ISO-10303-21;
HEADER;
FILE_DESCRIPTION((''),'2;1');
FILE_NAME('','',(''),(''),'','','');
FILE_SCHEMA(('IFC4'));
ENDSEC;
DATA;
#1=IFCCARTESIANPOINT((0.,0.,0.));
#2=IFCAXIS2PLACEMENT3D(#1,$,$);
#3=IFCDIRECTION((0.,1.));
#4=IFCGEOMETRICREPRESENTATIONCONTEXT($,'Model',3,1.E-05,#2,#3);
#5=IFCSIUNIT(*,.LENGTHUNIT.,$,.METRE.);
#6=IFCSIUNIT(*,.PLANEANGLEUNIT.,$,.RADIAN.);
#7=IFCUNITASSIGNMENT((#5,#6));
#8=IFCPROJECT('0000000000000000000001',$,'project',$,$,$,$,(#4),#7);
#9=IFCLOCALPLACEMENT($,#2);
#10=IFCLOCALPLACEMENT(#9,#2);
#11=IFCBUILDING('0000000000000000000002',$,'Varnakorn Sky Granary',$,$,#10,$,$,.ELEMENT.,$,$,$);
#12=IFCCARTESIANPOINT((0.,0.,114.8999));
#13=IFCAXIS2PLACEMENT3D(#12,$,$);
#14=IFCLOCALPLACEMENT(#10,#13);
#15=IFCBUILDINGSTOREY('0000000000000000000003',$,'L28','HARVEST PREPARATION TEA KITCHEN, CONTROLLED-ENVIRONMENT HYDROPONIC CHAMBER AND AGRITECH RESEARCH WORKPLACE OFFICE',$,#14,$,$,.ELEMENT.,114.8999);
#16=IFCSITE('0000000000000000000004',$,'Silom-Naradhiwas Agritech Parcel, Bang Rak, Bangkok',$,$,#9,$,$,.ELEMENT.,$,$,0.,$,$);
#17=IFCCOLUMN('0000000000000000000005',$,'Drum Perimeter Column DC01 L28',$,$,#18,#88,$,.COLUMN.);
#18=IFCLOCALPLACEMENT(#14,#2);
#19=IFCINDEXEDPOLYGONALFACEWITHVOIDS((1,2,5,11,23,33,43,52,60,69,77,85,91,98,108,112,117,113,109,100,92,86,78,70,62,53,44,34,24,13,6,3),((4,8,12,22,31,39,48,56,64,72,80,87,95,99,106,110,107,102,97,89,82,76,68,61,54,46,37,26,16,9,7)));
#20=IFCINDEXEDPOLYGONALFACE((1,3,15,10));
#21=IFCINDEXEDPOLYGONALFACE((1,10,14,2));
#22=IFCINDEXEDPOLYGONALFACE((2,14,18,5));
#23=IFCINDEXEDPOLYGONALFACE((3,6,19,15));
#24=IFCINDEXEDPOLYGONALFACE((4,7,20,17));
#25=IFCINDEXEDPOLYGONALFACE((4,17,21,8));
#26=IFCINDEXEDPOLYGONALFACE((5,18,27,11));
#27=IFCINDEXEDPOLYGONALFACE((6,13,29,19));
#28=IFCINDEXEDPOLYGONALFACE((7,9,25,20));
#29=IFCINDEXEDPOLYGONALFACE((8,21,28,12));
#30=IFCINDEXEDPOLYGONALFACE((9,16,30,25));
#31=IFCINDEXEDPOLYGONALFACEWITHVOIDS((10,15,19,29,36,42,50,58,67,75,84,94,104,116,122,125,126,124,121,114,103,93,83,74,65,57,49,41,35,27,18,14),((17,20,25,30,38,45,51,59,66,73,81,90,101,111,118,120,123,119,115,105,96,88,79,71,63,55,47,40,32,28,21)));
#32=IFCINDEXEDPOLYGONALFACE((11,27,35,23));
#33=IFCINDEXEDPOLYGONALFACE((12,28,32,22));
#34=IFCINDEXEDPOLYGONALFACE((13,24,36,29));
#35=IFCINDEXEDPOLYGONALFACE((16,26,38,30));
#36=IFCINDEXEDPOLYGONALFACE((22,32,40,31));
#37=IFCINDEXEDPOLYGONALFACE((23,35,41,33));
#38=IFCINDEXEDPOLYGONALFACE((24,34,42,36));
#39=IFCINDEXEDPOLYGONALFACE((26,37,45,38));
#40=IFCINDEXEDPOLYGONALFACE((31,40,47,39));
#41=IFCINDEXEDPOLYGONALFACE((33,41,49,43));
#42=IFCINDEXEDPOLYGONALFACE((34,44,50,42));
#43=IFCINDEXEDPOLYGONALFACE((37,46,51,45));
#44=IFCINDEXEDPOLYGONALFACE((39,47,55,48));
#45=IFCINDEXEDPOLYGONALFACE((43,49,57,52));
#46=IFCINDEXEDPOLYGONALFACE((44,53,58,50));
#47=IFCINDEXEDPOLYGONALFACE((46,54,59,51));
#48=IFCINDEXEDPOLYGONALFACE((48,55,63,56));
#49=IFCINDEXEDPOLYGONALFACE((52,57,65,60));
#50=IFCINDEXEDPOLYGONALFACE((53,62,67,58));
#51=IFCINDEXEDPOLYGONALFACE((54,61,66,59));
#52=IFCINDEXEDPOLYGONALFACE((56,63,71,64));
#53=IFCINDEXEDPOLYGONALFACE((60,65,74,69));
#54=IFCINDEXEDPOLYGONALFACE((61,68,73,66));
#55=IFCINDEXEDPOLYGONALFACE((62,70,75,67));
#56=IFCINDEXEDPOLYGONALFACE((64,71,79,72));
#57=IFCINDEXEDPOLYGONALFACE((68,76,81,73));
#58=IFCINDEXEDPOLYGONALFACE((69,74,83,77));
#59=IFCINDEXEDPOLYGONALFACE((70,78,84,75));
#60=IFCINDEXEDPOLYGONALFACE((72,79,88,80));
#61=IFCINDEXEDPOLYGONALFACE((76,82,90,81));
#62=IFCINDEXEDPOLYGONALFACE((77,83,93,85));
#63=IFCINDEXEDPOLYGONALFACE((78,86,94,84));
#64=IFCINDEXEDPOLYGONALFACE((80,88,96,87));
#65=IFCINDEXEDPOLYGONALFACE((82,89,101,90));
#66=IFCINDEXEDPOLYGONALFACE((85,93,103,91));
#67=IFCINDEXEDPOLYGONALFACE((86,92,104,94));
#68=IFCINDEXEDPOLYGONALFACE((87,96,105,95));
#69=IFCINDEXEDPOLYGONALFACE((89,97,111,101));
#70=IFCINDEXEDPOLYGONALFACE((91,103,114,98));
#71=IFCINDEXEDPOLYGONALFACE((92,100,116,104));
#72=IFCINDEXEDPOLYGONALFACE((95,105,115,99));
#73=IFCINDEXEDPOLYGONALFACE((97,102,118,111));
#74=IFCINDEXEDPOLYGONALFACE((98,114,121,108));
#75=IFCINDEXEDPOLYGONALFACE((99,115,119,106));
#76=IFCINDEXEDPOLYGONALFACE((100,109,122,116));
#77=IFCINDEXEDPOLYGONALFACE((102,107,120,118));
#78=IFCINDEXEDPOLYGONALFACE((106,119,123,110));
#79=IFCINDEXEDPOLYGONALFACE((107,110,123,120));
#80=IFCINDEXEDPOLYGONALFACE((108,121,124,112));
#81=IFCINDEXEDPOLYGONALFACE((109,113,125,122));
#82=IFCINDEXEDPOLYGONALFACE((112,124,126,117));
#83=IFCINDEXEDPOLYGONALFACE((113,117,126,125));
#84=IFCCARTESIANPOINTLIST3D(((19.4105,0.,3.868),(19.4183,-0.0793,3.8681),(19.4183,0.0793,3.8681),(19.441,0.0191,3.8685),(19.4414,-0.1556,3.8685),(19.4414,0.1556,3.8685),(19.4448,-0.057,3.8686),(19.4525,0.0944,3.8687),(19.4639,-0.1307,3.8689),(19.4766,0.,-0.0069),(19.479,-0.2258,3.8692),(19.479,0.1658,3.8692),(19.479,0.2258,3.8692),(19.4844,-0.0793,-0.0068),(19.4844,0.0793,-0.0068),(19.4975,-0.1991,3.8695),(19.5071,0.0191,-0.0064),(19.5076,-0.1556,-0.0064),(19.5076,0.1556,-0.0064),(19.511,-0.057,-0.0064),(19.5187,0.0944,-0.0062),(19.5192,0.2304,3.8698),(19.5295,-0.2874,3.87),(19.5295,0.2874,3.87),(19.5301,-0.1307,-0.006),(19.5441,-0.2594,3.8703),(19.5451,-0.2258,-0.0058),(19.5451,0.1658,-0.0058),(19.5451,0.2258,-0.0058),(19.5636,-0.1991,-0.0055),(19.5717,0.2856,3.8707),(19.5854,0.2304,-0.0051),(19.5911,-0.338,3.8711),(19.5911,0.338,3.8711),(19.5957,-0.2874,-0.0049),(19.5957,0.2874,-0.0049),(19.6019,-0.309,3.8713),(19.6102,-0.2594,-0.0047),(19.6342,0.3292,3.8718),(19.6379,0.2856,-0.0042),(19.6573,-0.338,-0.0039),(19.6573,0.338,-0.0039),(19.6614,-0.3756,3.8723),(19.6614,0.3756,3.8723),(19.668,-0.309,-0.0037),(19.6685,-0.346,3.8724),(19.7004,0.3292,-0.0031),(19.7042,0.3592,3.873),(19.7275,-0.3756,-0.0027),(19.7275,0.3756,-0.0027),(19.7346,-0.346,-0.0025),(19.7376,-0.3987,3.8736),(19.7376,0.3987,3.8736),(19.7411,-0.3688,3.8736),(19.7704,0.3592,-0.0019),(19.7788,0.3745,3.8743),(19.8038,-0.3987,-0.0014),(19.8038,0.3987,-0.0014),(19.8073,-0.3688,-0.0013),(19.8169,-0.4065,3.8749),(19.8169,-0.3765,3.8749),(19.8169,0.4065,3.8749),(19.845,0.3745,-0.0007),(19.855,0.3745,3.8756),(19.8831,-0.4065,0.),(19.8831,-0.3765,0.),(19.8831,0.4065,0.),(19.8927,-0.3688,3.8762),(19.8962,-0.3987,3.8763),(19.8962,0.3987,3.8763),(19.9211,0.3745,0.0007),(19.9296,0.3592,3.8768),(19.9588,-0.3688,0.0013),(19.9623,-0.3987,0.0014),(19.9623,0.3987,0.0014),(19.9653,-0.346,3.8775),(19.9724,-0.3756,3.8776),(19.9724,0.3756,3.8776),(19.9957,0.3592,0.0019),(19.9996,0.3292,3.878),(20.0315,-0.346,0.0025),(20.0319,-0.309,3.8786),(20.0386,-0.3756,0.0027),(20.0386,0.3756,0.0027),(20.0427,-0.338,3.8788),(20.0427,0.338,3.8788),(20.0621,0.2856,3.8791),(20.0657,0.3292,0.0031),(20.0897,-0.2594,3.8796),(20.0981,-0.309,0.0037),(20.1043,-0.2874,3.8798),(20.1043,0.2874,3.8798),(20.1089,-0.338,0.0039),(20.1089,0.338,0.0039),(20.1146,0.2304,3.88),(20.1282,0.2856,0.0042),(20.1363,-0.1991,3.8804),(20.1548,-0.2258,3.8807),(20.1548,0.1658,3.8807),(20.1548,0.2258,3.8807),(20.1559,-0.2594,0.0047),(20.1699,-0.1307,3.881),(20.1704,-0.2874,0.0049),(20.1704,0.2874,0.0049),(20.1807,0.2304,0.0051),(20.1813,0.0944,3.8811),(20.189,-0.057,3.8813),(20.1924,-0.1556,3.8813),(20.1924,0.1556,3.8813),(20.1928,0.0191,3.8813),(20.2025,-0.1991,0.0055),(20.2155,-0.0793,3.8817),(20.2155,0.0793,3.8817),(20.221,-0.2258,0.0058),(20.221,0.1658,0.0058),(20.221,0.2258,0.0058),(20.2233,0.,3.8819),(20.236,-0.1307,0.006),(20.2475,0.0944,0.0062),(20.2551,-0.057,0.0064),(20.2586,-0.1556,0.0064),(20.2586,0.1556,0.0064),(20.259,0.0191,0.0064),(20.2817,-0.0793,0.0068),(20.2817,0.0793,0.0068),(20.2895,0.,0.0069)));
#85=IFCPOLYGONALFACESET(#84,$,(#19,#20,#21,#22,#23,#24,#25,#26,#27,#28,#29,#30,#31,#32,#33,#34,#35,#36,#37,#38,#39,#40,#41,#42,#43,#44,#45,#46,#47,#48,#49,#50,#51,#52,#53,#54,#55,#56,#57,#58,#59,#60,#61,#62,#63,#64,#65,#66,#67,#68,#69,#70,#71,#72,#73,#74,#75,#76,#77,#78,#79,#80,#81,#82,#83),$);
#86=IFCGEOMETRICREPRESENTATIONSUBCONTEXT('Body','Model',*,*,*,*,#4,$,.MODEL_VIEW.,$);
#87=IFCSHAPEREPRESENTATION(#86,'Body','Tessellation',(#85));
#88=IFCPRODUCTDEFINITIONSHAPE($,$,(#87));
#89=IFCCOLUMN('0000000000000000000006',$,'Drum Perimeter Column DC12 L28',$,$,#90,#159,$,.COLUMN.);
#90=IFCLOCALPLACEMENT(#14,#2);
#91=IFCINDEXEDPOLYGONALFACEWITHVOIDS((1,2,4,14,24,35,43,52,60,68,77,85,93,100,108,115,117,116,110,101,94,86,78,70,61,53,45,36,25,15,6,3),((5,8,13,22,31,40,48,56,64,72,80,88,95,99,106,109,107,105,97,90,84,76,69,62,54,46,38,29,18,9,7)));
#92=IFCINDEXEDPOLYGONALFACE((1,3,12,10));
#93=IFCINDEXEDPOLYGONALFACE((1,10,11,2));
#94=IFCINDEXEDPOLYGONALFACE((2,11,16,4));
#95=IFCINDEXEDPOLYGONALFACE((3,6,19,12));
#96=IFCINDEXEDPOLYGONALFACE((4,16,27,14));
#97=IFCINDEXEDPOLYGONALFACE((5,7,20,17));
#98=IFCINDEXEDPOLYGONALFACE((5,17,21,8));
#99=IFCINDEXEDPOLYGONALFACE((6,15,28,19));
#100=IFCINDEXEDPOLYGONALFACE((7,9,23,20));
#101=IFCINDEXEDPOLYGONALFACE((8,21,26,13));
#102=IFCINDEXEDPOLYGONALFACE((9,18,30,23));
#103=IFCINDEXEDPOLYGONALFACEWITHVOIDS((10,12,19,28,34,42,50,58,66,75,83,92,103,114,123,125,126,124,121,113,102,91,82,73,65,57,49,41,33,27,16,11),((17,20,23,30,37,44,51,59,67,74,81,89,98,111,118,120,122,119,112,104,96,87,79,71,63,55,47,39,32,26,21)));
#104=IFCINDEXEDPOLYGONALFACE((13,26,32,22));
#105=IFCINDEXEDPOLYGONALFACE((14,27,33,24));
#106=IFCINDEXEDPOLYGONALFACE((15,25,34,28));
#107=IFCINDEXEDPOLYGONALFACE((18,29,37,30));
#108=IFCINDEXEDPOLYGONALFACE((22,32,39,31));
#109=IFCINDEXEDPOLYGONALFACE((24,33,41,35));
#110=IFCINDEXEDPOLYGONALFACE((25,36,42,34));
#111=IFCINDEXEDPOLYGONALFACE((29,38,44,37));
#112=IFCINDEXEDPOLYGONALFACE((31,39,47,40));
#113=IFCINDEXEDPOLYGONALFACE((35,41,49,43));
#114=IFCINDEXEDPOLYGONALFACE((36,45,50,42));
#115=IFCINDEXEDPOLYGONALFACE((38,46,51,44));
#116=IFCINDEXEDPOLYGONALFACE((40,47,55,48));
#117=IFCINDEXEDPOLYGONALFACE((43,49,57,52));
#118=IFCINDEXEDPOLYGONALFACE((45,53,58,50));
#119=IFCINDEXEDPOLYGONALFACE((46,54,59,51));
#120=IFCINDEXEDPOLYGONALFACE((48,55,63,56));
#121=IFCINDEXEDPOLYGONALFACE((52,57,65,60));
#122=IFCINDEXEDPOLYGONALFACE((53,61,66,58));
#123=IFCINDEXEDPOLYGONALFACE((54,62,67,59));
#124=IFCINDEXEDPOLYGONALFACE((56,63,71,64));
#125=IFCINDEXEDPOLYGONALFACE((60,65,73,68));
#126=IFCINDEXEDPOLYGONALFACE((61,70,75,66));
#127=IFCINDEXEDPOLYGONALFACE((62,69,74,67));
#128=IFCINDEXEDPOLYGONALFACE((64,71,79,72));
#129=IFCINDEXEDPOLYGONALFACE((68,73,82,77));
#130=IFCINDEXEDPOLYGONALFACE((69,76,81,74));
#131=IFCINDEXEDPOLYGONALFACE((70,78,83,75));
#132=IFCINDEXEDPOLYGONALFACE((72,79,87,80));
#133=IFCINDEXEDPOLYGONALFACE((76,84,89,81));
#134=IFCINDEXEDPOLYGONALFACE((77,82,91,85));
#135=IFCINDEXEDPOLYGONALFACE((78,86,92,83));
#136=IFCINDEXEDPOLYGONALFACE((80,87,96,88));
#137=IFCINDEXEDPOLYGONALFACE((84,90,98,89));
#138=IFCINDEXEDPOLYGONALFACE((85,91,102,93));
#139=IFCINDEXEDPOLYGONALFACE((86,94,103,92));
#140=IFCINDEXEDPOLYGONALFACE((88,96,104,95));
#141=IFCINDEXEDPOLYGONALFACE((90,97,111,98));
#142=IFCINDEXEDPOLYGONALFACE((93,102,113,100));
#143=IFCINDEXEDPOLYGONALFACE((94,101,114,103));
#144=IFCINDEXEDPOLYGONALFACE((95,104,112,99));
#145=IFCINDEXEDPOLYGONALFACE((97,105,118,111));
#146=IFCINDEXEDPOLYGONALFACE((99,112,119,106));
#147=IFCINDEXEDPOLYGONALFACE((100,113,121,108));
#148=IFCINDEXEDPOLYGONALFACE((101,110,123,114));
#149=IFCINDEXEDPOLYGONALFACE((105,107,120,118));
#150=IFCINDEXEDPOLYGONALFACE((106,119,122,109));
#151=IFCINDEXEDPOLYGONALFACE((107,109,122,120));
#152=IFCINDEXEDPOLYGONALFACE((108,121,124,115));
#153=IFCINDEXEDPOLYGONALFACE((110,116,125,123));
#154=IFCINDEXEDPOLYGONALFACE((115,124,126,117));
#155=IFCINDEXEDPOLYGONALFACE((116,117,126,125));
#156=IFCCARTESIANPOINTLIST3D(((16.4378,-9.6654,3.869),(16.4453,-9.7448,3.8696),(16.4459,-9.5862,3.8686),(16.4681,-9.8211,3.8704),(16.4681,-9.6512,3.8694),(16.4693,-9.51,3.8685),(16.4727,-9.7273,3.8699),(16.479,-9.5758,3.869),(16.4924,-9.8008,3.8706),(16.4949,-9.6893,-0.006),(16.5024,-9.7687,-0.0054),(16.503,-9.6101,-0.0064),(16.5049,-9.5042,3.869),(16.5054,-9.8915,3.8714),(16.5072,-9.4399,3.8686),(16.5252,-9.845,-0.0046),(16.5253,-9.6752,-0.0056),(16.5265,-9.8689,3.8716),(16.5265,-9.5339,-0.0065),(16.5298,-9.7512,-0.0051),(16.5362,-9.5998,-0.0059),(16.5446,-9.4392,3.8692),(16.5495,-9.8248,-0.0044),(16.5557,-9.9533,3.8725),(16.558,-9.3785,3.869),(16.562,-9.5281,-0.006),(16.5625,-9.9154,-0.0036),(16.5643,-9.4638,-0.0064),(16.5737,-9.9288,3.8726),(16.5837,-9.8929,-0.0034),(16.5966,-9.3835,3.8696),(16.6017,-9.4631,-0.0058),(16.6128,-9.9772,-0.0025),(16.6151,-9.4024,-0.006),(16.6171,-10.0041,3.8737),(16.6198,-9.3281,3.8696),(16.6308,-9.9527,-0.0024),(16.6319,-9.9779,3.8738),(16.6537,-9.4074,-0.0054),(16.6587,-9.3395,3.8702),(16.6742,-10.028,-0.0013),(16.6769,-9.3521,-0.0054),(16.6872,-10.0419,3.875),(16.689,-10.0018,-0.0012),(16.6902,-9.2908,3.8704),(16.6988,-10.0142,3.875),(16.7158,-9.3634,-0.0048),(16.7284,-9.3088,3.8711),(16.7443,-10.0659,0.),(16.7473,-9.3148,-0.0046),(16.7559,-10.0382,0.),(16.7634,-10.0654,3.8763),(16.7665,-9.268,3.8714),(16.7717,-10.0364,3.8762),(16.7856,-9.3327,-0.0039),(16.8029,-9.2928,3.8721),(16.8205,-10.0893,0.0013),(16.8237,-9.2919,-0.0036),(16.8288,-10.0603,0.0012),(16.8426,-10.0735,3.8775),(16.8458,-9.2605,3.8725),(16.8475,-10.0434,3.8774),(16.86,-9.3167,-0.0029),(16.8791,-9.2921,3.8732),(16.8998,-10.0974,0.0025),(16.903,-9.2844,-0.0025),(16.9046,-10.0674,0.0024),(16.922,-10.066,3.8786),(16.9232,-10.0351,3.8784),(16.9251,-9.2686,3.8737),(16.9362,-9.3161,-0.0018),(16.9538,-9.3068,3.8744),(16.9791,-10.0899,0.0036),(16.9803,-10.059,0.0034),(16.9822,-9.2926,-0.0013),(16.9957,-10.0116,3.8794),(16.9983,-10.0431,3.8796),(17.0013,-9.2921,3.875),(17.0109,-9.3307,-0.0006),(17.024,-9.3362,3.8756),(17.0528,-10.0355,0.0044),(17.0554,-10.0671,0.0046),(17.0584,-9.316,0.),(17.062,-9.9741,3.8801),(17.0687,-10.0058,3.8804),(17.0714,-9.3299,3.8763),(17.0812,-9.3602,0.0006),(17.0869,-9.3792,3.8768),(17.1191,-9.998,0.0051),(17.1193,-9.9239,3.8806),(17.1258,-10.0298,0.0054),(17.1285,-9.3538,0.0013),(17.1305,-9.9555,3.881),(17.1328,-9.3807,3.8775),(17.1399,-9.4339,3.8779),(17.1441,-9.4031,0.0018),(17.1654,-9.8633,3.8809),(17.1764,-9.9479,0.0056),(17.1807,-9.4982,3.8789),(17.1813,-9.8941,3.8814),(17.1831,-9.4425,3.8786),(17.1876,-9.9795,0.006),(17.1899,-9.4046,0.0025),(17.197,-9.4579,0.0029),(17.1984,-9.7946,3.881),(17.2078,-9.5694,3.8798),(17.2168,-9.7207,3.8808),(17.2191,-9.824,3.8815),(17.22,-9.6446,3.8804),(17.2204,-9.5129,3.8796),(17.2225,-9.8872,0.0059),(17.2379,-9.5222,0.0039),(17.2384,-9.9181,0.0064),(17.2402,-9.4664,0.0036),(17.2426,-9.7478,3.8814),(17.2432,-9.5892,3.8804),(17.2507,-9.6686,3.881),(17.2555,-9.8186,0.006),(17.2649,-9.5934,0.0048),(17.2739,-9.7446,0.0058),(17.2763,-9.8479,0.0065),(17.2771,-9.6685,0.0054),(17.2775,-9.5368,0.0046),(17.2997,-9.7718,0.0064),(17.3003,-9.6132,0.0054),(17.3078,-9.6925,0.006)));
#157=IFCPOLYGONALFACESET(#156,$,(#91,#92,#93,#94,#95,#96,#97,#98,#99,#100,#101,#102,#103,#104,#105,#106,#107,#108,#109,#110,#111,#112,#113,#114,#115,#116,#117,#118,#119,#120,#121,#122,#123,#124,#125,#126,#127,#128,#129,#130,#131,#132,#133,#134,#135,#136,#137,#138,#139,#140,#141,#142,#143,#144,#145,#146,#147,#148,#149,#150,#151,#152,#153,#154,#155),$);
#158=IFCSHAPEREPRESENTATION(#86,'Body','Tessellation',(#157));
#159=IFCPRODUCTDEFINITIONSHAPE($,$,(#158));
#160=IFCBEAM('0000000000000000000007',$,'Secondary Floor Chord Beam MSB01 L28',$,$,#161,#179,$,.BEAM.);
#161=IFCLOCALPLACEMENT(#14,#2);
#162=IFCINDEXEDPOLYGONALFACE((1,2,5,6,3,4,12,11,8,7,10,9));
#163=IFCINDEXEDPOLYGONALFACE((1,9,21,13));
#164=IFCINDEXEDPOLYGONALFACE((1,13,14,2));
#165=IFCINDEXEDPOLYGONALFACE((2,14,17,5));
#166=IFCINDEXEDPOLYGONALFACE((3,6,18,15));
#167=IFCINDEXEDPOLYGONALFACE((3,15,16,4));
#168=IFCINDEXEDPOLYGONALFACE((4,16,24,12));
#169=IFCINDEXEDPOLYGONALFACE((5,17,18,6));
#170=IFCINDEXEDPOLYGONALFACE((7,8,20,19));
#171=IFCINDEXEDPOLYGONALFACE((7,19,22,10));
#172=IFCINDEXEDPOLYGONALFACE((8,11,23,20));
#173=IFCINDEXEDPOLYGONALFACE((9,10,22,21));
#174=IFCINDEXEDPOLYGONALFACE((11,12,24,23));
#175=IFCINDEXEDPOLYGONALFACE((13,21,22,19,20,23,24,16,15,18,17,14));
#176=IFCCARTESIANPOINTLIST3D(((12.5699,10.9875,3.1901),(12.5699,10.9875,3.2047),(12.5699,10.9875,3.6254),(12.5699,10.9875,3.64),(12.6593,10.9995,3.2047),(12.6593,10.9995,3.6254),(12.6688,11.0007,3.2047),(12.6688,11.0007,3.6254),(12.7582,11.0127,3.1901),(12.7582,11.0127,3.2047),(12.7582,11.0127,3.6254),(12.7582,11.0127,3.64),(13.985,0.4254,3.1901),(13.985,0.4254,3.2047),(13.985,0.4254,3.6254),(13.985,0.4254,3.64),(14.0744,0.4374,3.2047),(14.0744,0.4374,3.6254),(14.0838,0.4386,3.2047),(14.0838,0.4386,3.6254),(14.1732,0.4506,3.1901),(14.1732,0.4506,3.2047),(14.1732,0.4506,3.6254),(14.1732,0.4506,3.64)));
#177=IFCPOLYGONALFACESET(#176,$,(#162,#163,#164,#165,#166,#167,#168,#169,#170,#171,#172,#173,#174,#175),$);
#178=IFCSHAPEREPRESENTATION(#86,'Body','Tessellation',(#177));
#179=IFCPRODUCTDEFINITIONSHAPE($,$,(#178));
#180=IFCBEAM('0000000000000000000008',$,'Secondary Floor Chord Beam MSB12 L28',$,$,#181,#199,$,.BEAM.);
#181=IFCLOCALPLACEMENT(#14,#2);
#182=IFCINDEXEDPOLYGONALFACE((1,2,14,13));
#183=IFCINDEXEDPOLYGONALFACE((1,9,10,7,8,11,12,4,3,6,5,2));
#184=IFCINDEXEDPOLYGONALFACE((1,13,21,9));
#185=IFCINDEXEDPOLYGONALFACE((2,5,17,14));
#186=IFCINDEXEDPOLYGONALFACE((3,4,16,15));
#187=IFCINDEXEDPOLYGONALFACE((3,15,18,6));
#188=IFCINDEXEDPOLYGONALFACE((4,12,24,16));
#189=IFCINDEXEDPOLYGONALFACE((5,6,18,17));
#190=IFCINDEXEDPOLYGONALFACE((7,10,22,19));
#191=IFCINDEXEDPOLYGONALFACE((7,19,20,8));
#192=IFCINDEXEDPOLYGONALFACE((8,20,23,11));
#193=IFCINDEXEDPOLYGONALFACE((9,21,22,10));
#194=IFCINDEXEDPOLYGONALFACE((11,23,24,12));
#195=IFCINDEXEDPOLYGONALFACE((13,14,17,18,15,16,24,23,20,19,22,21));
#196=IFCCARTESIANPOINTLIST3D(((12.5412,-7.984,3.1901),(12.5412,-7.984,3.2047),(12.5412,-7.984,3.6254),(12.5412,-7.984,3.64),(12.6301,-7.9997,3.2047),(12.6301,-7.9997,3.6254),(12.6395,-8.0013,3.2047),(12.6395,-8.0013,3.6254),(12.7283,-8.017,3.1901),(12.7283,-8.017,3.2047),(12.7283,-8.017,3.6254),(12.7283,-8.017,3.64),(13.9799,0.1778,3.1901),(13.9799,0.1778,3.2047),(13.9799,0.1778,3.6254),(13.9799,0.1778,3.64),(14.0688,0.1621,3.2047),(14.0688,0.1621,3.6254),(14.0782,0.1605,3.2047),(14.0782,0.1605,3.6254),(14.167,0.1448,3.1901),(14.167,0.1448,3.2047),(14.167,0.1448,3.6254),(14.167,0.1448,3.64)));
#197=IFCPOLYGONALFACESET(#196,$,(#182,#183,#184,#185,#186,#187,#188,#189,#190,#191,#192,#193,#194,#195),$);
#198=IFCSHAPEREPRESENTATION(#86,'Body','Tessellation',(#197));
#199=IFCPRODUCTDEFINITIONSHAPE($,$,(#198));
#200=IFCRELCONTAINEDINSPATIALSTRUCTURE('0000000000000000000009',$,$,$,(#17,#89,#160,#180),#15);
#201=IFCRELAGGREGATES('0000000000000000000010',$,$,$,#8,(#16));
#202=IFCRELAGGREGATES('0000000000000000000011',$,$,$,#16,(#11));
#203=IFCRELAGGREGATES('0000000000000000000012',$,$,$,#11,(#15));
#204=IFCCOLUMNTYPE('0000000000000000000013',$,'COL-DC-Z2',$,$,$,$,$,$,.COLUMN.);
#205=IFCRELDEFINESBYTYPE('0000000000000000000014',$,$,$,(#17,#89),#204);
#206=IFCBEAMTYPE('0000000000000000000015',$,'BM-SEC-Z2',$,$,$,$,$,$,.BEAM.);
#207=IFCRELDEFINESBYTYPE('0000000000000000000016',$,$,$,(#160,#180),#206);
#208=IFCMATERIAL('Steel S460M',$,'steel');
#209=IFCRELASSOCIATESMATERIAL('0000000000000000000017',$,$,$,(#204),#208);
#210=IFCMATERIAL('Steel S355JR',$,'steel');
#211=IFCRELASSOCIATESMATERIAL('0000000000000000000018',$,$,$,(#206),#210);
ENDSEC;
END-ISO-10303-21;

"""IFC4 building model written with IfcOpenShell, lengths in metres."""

from ifc_helpers import new_model, si_unit, direction, frame, origin, origin_2d, place, context, subcontext, project, spatial, hollow_circle, i_section, extrude, material, material_profile, profile_set, type_object, element, save


model = new_model("IFC4")

# Units and contexts
model_context = context("Model", 3, precision=1e-05, world=origin(), true_north=direction((0.0, 1.0)))
body_context = subcontext(model_context, "Body", "Model", "MODEL_VIEW")
ifc_project = project(units=[si_unit("LENGTHUNIT", "METRE"), si_unit("PLANEANGLEUNIT", "RADIAN")], contexts=[model_context])

# Site, building, storey
site_placement = place(None, origin())
site = spatial("IfcSite", under=ifc_project, at=site_placement, Name="Silom-Naradhiwas Agritech Parcel, Bang Rak, Bangkok", CompositionType="ELEMENT", RefElevation=0.0)
building_placement = place(site_placement, origin())
building = spatial("IfcBuilding", under=site, at=building_placement, Name="Varnakorn Sky Granary", CompositionType="ELEMENT")
storey_placement = place(building_placement, frame((0.0, 0.0, 114.8999)))
storey = spatial("IfcBuildingStorey", under=building, at=storey_placement, Name="L28", Description="HARVEST PREPARATION TEA KITCHEN, CONTROLLED-ENVIRONMENT HYDROPONIC CHAMBER AND AGRITECH RESEARCH WORKPLACE OFFICE", CompositionType="ELEMENT", Elevation=114.8999)

# Columns
ifc_material_1 = material(Name="Steel S460M", Category="steel")
ifc_material_profile_1 = material_profile(ifc_material_1, hollow_circle(Radius=0.4065, WallThickness=0.03, at=origin_2d()), Name="CHS 813x30")
ifc_profile_set_1 = profile_set([ifc_material_profile_1], Name="Steel S460M")
column_type = type_object("IfcColumnType", Name="COL-DC-Z2", PredefinedType="COLUMN", material=ifc_profile_set_1)
for number, where, z_axis, x_axis, name in (
    (1, (19.8831, 0.0, 0.0), (-0.017072, 0.0, 0.999854), (0.0, -1.0, 0.0), "Drum Perimeter Column DC01 L28"),
    (2, (16.9014, -9.6909, 0.0), (-0.014741, 0.006174, 0.999872), (-0.386294, -0.922376, 0.0), "Drum Perimeter Column DC12 L28"),
):
    element("IfcColumn", number, at=place(storey_placement, frame(where, z_axis=z_axis, x_axis=x_axis)), inside=storey, type_object=column_type, Name=name, PredefinedType="COLUMN", context=body_context, shape_type="SweptSolid", body=[
        extrude(hollow_circle(Radius=0.4065, WallThickness=0.03, at=origin_2d()), origin(), (0.0, 0.0, 1.0), 3.8755),
    ])

# Beams
ifc_material_2 = material(Name="Steel S355JR", Category="steel")
ifc_material_profile_2 = material_profile(ifc_material_2, i_section(OverallWidth=0.1899, OverallDepth=0.45, WebThickness=0.0095, FlangeThickness=0.0146, at=origin_2d()), Name="IPE 450")
ifc_profile_set_2 = profile_set([ifc_material_profile_2], Name="Steel S355JR")
beam_type_1 = type_object("IfcBeamType", Name="BM-SEC-Z2", PredefinedType="BEAM", material=ifc_profile_set_2)
beam_1_placement = place(storey_placement, frame((14.0791, 0.438, 3.415), z_axis=(-0.132788, 0.991144, 0.0), x_axis=(-0.991144, -0.132788, 0.0)))
element("IfcBeam", 3, at=beam_1_placement, inside=storey, type_object=beam_type_1, Name="Secondary Floor Chord Beam MSB01 L28", PredefinedType="BEAM", context=body_context, shape_type="SweptSolid", body=[
    extrude(i_section(OverallWidth=0.1899, OverallDepth=0.45, WebThickness=0.0095, FlangeThickness=0.0146, at=origin_2d()), origin(), (0.0, 0.0, 1.0), 10.6565),
])
beam_2_placement = place(storey_placement, frame((12.6348, -8.0005, 3.415), z_axis=(0.173597, 0.984817, 0.0), x_axis=(-0.984817, 0.173597, 0.0)))
element("IfcBeam", 4, at=beam_2_placement, inside=storey, type_object=beam_type_1, Name="Secondary Floor Chord Beam MSB12 L28", PredefinedType="BEAM", context=body_context, shape_type="SweptSolid", body=[
    extrude(i_section(OverallWidth=0.1899, OverallDepth=0.45, WebThickness=0.0095, FlangeThickness=0.0146, at=origin_2d()), origin(), (0.0, 0.0, 1.0), 8.2876),
])

save(model, "model.ifc")
